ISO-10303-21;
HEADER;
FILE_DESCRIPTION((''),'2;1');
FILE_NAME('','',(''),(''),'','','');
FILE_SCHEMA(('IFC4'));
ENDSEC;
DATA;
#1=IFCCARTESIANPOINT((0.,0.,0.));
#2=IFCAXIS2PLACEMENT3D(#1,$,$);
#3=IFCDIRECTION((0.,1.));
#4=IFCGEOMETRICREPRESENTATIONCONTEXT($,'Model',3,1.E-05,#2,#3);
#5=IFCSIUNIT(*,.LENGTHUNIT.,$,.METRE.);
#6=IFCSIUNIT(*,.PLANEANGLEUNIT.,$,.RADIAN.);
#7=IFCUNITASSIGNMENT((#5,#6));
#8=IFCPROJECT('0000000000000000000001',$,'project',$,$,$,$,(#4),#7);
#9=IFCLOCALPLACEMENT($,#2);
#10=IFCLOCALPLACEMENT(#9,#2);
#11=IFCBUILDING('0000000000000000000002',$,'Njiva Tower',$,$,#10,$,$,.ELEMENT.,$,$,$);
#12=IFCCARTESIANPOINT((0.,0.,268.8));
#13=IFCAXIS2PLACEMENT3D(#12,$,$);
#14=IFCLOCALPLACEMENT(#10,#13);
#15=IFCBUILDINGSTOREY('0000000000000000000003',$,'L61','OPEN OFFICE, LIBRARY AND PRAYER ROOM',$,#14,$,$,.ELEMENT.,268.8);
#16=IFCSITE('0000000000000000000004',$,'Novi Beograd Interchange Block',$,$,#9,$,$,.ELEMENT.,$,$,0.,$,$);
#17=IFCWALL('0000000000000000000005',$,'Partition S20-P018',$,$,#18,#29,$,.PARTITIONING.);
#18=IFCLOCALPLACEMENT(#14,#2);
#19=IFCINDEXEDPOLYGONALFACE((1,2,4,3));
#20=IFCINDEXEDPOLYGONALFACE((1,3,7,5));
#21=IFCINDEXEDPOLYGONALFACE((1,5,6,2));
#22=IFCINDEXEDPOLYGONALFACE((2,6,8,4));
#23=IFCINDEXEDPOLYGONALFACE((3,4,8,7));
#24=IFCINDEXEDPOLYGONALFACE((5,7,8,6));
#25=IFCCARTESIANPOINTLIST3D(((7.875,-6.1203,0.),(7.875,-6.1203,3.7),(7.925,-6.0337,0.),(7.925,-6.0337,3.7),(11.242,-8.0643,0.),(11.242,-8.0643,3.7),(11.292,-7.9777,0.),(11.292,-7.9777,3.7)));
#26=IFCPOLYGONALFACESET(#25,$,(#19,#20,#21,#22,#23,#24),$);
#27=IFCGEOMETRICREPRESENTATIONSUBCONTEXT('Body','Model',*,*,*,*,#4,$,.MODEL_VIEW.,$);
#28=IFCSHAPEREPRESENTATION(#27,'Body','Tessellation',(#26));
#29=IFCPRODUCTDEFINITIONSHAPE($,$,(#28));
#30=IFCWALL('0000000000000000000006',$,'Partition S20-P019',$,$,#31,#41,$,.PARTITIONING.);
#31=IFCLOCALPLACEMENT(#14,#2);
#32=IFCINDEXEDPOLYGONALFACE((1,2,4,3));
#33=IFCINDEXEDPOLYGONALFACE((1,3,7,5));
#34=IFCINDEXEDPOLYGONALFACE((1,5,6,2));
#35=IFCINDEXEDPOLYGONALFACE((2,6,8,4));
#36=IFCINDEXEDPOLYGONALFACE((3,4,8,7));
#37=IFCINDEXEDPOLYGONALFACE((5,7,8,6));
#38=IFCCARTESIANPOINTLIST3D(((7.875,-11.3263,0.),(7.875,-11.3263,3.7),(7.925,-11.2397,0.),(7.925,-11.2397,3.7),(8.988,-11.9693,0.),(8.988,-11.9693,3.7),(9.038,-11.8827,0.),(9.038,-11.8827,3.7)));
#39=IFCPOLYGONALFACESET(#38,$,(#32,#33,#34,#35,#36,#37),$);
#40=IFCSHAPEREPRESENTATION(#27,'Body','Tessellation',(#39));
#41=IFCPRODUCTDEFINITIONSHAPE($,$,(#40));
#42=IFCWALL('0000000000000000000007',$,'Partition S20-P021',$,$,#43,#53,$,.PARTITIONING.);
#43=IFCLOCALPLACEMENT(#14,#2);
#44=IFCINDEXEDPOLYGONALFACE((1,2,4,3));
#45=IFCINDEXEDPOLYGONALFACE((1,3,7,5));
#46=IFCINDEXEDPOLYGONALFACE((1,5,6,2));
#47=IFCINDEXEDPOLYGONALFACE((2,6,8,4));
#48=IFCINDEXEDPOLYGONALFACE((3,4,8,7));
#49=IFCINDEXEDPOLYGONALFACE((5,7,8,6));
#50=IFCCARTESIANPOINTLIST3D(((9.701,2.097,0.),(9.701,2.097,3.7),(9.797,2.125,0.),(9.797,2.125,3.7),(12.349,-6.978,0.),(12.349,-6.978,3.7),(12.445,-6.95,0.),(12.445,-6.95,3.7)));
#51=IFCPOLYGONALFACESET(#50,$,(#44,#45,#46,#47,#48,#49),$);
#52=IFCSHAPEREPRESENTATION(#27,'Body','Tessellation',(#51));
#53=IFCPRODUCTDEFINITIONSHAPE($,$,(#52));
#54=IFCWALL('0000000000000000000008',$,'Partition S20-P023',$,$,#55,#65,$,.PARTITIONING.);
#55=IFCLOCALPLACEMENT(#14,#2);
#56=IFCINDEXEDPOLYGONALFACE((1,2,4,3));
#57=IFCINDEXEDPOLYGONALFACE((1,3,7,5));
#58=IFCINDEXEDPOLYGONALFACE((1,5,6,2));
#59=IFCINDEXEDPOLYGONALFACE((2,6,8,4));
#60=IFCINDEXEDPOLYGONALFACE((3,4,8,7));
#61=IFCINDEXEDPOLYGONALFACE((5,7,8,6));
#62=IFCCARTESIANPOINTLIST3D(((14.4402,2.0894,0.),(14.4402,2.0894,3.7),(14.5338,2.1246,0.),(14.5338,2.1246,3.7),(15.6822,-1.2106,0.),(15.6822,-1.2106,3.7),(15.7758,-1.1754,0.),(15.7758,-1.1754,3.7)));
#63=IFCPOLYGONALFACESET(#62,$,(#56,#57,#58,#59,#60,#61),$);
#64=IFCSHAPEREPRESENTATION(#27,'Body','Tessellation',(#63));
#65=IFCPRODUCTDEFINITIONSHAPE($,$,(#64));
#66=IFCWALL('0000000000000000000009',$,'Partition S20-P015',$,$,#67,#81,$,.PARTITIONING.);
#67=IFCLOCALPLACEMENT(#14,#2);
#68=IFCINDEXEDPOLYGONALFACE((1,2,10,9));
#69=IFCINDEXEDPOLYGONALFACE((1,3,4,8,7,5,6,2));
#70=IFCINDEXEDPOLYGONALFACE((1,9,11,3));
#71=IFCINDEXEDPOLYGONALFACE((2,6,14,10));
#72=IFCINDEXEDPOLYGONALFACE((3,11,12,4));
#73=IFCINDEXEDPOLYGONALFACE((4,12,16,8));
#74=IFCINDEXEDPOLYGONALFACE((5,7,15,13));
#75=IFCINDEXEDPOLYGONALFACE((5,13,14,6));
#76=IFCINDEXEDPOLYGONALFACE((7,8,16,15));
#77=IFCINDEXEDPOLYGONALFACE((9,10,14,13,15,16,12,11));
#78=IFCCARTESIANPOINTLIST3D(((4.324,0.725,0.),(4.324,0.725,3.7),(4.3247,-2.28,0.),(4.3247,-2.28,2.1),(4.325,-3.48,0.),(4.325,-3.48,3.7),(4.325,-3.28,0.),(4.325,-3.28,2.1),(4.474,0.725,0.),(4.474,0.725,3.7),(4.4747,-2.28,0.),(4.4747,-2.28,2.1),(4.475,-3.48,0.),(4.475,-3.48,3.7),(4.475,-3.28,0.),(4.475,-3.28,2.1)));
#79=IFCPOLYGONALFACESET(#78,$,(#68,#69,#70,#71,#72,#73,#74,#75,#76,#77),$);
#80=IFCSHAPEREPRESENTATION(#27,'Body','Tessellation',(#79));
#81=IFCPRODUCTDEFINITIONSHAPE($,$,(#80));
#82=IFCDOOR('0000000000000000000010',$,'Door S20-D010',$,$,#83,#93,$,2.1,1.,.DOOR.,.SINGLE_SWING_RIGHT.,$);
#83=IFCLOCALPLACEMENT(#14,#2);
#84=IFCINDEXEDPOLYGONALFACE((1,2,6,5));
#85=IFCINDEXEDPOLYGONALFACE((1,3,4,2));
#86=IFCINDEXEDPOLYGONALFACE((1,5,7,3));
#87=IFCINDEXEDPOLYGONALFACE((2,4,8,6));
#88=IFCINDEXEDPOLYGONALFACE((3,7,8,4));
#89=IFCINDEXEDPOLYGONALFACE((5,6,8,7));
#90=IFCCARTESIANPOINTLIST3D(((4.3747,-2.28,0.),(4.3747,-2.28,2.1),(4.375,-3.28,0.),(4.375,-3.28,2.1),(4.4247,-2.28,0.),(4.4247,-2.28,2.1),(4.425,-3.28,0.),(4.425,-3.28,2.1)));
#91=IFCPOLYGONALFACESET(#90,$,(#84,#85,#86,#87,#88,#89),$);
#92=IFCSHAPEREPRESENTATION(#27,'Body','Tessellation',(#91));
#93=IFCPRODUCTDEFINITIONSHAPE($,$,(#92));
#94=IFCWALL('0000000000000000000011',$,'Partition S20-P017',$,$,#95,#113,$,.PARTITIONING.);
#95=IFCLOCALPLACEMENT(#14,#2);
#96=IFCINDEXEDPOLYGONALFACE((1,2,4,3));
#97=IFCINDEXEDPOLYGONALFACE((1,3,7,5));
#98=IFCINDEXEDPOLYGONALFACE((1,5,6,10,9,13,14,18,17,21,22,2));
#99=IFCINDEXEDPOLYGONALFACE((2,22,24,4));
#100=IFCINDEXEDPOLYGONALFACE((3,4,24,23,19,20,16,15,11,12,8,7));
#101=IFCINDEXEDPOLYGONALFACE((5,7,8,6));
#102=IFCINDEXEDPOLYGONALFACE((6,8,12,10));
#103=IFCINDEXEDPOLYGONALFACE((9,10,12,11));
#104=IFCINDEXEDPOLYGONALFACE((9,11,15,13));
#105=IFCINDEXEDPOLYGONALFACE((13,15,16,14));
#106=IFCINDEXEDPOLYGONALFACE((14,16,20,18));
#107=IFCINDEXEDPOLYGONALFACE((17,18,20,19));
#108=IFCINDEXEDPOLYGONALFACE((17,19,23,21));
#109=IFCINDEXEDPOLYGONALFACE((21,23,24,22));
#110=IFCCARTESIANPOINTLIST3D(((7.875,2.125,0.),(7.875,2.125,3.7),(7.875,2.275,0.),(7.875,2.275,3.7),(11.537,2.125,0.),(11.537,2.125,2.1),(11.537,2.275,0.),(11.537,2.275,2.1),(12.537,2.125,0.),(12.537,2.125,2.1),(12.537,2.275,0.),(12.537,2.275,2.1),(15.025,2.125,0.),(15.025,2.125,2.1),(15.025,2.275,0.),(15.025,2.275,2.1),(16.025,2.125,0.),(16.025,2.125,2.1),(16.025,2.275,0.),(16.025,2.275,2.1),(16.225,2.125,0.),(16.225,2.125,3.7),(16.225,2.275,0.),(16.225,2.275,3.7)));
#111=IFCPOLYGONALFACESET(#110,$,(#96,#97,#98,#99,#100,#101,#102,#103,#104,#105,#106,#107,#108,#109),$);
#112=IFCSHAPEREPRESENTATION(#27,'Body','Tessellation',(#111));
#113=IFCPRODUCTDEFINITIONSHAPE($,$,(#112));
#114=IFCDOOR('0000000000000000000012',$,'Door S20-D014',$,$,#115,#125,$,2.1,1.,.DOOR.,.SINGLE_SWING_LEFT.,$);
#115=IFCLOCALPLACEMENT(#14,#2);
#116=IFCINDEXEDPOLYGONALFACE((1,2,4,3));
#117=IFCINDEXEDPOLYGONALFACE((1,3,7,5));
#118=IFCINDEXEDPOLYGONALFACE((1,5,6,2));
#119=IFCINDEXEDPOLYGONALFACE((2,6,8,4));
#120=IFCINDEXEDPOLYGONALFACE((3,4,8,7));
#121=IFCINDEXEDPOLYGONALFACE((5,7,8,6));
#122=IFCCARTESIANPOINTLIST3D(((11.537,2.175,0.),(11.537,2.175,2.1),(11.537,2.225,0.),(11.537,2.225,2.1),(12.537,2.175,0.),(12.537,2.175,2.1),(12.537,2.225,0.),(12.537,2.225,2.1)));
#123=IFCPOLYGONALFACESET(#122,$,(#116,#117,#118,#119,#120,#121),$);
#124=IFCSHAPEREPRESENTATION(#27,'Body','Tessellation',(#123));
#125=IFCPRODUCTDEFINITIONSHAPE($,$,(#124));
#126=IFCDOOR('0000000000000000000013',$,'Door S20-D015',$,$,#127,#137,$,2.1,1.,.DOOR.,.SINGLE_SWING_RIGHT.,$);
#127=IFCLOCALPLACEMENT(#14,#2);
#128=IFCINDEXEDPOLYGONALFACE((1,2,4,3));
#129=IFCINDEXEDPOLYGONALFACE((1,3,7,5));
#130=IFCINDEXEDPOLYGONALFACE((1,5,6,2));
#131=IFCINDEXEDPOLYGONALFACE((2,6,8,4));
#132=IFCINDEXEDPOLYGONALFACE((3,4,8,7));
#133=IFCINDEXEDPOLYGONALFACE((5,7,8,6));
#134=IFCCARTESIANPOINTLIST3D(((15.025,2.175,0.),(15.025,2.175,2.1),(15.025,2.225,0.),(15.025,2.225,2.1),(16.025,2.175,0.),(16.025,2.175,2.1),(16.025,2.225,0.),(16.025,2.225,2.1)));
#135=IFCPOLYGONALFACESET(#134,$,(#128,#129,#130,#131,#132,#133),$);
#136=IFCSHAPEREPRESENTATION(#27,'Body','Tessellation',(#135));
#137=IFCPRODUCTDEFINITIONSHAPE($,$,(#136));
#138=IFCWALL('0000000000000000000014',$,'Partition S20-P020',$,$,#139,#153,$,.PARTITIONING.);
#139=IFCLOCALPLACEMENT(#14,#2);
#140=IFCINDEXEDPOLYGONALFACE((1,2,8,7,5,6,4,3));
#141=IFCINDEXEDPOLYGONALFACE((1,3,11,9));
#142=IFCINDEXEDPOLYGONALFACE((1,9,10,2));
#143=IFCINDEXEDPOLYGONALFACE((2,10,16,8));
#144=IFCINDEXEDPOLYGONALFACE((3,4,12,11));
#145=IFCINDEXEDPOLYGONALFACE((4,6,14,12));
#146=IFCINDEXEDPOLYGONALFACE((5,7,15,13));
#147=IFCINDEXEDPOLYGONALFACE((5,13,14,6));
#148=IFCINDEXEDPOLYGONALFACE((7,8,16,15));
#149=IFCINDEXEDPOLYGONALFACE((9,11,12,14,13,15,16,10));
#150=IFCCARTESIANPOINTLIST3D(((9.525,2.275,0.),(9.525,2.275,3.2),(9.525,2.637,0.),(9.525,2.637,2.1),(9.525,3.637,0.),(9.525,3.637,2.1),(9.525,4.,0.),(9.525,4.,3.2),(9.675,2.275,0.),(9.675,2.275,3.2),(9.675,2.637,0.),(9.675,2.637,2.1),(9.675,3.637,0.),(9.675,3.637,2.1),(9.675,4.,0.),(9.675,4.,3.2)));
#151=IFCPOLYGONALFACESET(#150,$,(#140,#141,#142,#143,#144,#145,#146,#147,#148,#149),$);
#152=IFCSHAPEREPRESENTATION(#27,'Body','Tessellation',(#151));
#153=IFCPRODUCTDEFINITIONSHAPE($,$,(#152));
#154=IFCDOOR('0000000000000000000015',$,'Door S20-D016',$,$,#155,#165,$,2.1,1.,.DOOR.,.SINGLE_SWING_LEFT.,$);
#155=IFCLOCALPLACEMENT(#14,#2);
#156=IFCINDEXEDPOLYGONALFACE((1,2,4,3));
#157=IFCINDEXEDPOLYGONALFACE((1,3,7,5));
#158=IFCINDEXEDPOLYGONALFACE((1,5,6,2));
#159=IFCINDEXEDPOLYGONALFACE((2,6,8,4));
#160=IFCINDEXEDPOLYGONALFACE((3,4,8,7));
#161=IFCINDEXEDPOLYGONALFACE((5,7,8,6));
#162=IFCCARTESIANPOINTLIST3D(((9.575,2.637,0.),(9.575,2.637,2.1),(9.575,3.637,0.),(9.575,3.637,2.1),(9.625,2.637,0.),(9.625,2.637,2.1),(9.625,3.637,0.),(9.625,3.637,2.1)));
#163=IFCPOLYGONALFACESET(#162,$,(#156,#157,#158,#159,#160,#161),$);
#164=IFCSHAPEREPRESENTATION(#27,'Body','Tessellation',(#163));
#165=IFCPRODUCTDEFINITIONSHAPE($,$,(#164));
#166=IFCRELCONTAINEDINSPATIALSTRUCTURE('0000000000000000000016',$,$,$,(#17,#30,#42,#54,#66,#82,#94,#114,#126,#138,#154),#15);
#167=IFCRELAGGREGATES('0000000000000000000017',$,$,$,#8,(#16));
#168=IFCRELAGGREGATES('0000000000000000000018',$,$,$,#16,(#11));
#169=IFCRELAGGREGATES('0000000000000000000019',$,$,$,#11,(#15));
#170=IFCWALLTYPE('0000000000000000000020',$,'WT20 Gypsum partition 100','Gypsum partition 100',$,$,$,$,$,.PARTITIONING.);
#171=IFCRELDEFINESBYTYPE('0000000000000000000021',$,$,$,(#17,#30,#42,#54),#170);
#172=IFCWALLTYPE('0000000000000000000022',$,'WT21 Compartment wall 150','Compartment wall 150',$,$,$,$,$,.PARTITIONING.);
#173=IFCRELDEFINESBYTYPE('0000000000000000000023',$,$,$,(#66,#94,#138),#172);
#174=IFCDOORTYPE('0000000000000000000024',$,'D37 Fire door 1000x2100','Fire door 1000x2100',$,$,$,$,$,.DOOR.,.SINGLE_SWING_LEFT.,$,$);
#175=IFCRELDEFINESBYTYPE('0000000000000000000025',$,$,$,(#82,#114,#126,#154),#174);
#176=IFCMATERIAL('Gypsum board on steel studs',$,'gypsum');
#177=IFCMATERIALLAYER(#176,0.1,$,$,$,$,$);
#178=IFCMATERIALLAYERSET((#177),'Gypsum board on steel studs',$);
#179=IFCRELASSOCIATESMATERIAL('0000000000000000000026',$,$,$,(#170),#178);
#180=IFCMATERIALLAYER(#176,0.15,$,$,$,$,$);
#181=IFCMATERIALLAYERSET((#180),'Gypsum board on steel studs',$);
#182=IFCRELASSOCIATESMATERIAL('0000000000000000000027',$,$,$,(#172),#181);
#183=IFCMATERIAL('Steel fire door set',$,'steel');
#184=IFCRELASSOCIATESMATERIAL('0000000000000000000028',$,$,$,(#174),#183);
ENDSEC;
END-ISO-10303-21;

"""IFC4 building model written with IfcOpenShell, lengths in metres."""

from ifc_helpers import new_model, si_unit, direction, frame, frame_2d, origin, place, context, subcontext, project, spatial, rectangle, extrude, material, layer, layer_set, type_object, element, fill, save


model = new_model("IFC4")

# Units and contexts
model_context = context("Model", 3, precision=1e-05, world=origin(), true_north=direction((0.0, 1.0)))
body_context = subcontext(model_context, "Body", "Model", "MODEL_VIEW")
ifc_project = project(units=[si_unit("LENGTHUNIT", "METRE"), si_unit("PLANEANGLEUNIT", "RADIAN")], contexts=[model_context])

# Site, building, storey
site_placement = place(None, origin())
site = spatial("IfcSite", under=ifc_project, at=site_placement, Name="Novi Beograd Interchange Block", CompositionType="ELEMENT", RefElevation=0.0)
building_placement = place(site_placement, origin())
building = spatial("IfcBuilding", under=site, at=building_placement, Name="Njiva Tower", CompositionType="ELEMENT")
storey_placement = place(building_placement, frame((0.0, 0.0, 268.8)))
storey = spatial("IfcBuildingStorey", under=building, at=storey_placement, Name="L61", Description="OPEN OFFICE, LIBRARY AND PRAYER ROOM", CompositionType="ELEMENT", Elevation=268.8)

# Walls
ifc_material_1 = material(Name="Gypsum board on steel studs", Category="gypsum")
ifc_layer_1 = layer(ifc_material_1, 0.1)
ifc_layer_set_1 = layer_set([ifc_layer_1], Name="Gypsum board on steel studs")
wall_type_1 = type_object("IfcWallType", Name="WT20 Gypsum partition 100", Description="Gypsum partition 100", PredefinedType="PARTITIONING", material=ifc_layer_set_1)
wall_1_placement = place(storey_placement, frame((7.9, -6.077, 0.0), z_axis=(0.0, 0.0, 1.0), x_axis=(0.866019, -0.500012, 0.0)))
element("IfcWall", 1, at=wall_1_placement, inside=storey, type_object=wall_type_1, Name="Partition S20-P018", PredefinedType="PARTITIONING", context=body_context, shape_type="SweptSolid", body=[
    extrude(rectangle(XDim=3.8879, YDim=0.1, at=frame_2d((1.944, 0.0))), origin(), (0.0, 0.0, 1.0), 3.7),
])
wall_2_placement = place(storey_placement, frame((7.9, -11.283, 0.0), z_axis=(0.0, 0.0, 1.0), x_axis=(0.865888, -0.500239, 0.0)))
element("IfcWall", 2, at=wall_2_placement, inside=storey, type_object=wall_type_1, Name="Partition S20-P019", PredefinedType="PARTITIONING", context=body_context, shape_type="SweptSolid", body=[
    extrude(rectangle(XDim=1.2854, YDim=0.1, at=frame_2d((0.6427, 0.0))), origin(), (0.0, 0.0, 1.0), 3.7),
])
wall_3_placement = place(storey_placement, frame((9.749, 2.111, 0.0), z_axis=(0.0, 0.0, 1.0), x_axis=(0.28011, -0.959968, 0.0)))
element("IfcWall", 3, at=wall_3_placement, inside=storey, type_object=wall_type_1, Name="Partition S20-P021", PredefinedType="PARTITIONING", context=body_context, shape_type="SweptSolid", body=[
    extrude(rectangle(XDim=9.4534, YDim=0.1, at=frame_2d((4.7267, 0.0))), origin(), (0.0, 0.0, 1.0), 3.7),
])
wall_4_placement = place(storey_placement, frame((14.487, 2.107, 0.0), z_axis=(0.0, 0.0, 1.0), x_axis=(0.352242, -0.935909, 0.0)))
element("IfcWall", 4, at=wall_4_placement, inside=storey, type_object=wall_type_1, Name="Partition S20-P023", PredefinedType="PARTITIONING", context=body_context, shape_type="SweptSolid", body=[
    extrude(rectangle(XDim=3.526, YDim=0.1, at=frame_2d((1.763, 0.0))), origin(), (0.0, 0.0, 1.0), 3.7),
])

# Wall, opening, door
ifc_layer_2 = layer(ifc_material_1, 0.15)
ifc_layer_set_2 = layer_set([ifc_layer_2], Name="Gypsum board on steel studs")
wall_type_2 = type_object("IfcWallType", Name="WT21 Compartment wall 150", Description="Compartment wall 150", PredefinedType="PARTITIONING", material=ifc_layer_set_2)
wall_5_placement = place(storey_placement, frame((4.399, 0.725, 0.0), z_axis=(0.0, 0.0, 1.0), x_axis=(0.000238, -1.0, 0.0)))
wall_5 = element("IfcWall", 5, at=wall_5_placement, inside=storey, type_object=wall_type_2, Name="Partition S20-P015", PredefinedType="PARTITIONING", context=body_context, shape_type="SweptSolid", body=[
    extrude(rectangle(XDim=4.205, YDim=0.15, at=frame_2d((2.1025, 0.0))), origin(), (0.0, 0.0, 1.0), 3.7),
])
opening_1_placement = place(wall_5_placement, frame((3.005, 0.0, 0.0)))
opening_1 = element("IfcOpeningElement", 6, at=opening_1_placement, cuts=wall_5, PredefinedType="OPENING", context=body_context, shape_type="SweptSolid", body=[
    extrude(rectangle(XDim=1.0, YDim=2.1, at=frame_2d((0.5, 1.05))), frame((0.0, 0.085, 0.0), z_axis=(0.0, -1.0, 0.0), x_axis=(1.0, 0.0, 0.0)), (0.0, 0.0, 1.0), 0.17),
])
ifc_material_2 = material(Name="Steel fire door set", Category="steel")
door_type = type_object("IfcDoorType", Name="D37 Fire door 1000x2100", Description="Fire door 1000x2100", OperationType="SINGLE_SWING_LEFT", PredefinedType="DOOR", material=ifc_material_2)
door_1_placement = place(opening_1_placement, origin())
door_1 = element("IfcDoor", 7, at=door_1_placement, inside=storey, type_object=door_type, Name="Door S20-D010", OperationType="SINGLE_SWING_RIGHT", OverallHeight=2.1, OverallWidth=1.0, PredefinedType="DOOR", context=body_context, shape_type="SweptSolid", body=[
    extrude(rectangle(XDim=1.0, YDim=2.1, at=frame_2d((0.5, 1.05))), frame((0.0, 0.025, 0.0), z_axis=(0.0, -1.0, 0.0), x_axis=(1.0, 0.0, 0.0)), (0.0, 0.0, 1.0), 0.05),
])
fill(opening_1, door_1)

# Wall, openings, doors
wall_6_placement = place(storey_placement, frame((7.875, 2.2, 0.0), z_axis=(0.0, 0.0, 1.0), x_axis=(1.0, 0.0, 0.0)))
wall_6 = element("IfcWall", 8, at=wall_6_placement, inside=storey, type_object=wall_type_2, Name="Partition S20-P017", PredefinedType="PARTITIONING", context=body_context, shape_type="SweptSolid", body=[
    extrude(rectangle(XDim=8.35, YDim=0.15, at=frame_2d((4.175, 0.0))), origin(), (0.0, 0.0, 1.0), 3.7),
])
opening_2_placement = place(wall_6_placement, frame((3.662, 0.0, 0.0)))
opening_2 = element("IfcOpeningElement", 9, at=opening_2_placement, cuts=wall_6, PredefinedType="OPENING", context=body_context, shape_type="SweptSolid", body=[
    extrude(rectangle(XDim=1.0, YDim=2.1, at=frame_2d((0.5, 1.05))), frame((0.0, 0.085, 0.0), z_axis=(0.0, -1.0, 0.0), x_axis=(1.0, 0.0, 0.0)), (0.0, 0.0, 1.0), 0.17),
])
opening_3_placement = place(wall_6_placement, frame((7.15, 0.0, 0.0)))
opening_3 = element("IfcOpeningElement", 10, at=opening_3_placement, cuts=wall_6, PredefinedType="OPENING", context=body_context, shape_type="SweptSolid", body=[
    extrude(rectangle(XDim=1.0, YDim=2.1, at=frame_2d((0.5, 1.05))), frame((0.0, 0.085, 0.0), z_axis=(0.0, -1.0, 0.0), x_axis=(1.0, 0.0, 0.0)), (0.0, 0.0, 1.0), 0.17),
])
door_2_placement = place(opening_2_placement, origin())
door_2 = element("IfcDoor", 11, at=door_2_placement, inside=storey, type_object=door_type, Name="Door S20-D014", OperationType="SINGLE_SWING_LEFT", OverallHeight=2.1, OverallWidth=1.0, PredefinedType="DOOR", context=body_context, shape_type="SweptSolid", body=[
    extrude(rectangle(XDim=1.0, YDim=2.1, at=frame_2d((0.5, 1.05))), frame((0.0, 0.025, 0.0), z_axis=(0.0, -1.0, 0.0), x_axis=(1.0, 0.0, 0.0)), (0.0, 0.0, 1.0), 0.05),
])
fill(opening_2, door_2)
door_3_placement = place(opening_3_placement, origin())
door_3 = element("IfcDoor", 12, at=door_3_placement, inside=storey, type_object=door_type, Name="Door S20-D015", OperationType="SINGLE_SWING_RIGHT", OverallHeight=2.1, OverallWidth=1.0, PredefinedType="DOOR", context=body_context, shape_type="SweptSolid", body=[
    extrude(rectangle(XDim=1.0, YDim=2.1, at=frame_2d((0.5, 1.05))), frame((0.0, 0.025, 0.0), z_axis=(0.0, -1.0, 0.0), x_axis=(1.0, 0.0, 0.0)), (0.0, 0.0, 1.0), 0.05),
])
fill(opening_3, door_3)

# Wall, opening, door
wall_7_placement = place(storey_placement, frame((9.6, 2.275, 0.0), z_axis=(0.0, 0.0, 1.0), x_axis=(0.0, 1.0, 0.0)))
wall_7 = element("IfcWall", 13, at=wall_7_placement, inside=storey, type_object=wall_type_2, Name="Partition S20-P020", PredefinedType="PARTITIONING", context=body_context, shape_type="SweptSolid", body=[
    extrude(rectangle(XDim=1.725, YDim=0.15, at=frame_2d((0.8625, 0.0))), origin(), (0.0, 0.0, 1.0), 3.2),
])
opening_4_placement = place(wall_7_placement, frame((0.362, 0.0, 0.0)))
opening_4 = element("IfcOpeningElement", 14, at=opening_4_placement, cuts=wall_7, PredefinedType="OPENING", context=body_context, shape_type="SweptSolid", body=[
    extrude(rectangle(XDim=1.0, YDim=2.1, at=frame_2d((0.5, 1.05))), frame((0.0, 0.085, 0.0), z_axis=(0.0, -1.0, 0.0), x_axis=(1.0, 0.0, 0.0)), (0.0, 0.0, 1.0), 0.17),
])
door_4_placement = place(opening_4_placement, origin())
door_4 = element("IfcDoor", 15, at=door_4_placement, inside=storey, type_object=door_type, Name="Door S20-D016", OperationType="SINGLE_SWING_LEFT", OverallHeight=2.1, OverallWidth=1.0, PredefinedType="DOOR", context=body_context, shape_type="SweptSolid", body=[
    extrude(rectangle(XDim=1.0, YDim=2.1, at=frame_2d((0.5, 1.05))), frame((0.0, 0.025, 0.0), z_axis=(0.0, -1.0, 0.0), x_axis=(1.0, 0.0, 0.0)), (0.0, 0.0, 1.0), 0.05),
])
fill(opening_4, door_4)

save(model, "model.ifc")
